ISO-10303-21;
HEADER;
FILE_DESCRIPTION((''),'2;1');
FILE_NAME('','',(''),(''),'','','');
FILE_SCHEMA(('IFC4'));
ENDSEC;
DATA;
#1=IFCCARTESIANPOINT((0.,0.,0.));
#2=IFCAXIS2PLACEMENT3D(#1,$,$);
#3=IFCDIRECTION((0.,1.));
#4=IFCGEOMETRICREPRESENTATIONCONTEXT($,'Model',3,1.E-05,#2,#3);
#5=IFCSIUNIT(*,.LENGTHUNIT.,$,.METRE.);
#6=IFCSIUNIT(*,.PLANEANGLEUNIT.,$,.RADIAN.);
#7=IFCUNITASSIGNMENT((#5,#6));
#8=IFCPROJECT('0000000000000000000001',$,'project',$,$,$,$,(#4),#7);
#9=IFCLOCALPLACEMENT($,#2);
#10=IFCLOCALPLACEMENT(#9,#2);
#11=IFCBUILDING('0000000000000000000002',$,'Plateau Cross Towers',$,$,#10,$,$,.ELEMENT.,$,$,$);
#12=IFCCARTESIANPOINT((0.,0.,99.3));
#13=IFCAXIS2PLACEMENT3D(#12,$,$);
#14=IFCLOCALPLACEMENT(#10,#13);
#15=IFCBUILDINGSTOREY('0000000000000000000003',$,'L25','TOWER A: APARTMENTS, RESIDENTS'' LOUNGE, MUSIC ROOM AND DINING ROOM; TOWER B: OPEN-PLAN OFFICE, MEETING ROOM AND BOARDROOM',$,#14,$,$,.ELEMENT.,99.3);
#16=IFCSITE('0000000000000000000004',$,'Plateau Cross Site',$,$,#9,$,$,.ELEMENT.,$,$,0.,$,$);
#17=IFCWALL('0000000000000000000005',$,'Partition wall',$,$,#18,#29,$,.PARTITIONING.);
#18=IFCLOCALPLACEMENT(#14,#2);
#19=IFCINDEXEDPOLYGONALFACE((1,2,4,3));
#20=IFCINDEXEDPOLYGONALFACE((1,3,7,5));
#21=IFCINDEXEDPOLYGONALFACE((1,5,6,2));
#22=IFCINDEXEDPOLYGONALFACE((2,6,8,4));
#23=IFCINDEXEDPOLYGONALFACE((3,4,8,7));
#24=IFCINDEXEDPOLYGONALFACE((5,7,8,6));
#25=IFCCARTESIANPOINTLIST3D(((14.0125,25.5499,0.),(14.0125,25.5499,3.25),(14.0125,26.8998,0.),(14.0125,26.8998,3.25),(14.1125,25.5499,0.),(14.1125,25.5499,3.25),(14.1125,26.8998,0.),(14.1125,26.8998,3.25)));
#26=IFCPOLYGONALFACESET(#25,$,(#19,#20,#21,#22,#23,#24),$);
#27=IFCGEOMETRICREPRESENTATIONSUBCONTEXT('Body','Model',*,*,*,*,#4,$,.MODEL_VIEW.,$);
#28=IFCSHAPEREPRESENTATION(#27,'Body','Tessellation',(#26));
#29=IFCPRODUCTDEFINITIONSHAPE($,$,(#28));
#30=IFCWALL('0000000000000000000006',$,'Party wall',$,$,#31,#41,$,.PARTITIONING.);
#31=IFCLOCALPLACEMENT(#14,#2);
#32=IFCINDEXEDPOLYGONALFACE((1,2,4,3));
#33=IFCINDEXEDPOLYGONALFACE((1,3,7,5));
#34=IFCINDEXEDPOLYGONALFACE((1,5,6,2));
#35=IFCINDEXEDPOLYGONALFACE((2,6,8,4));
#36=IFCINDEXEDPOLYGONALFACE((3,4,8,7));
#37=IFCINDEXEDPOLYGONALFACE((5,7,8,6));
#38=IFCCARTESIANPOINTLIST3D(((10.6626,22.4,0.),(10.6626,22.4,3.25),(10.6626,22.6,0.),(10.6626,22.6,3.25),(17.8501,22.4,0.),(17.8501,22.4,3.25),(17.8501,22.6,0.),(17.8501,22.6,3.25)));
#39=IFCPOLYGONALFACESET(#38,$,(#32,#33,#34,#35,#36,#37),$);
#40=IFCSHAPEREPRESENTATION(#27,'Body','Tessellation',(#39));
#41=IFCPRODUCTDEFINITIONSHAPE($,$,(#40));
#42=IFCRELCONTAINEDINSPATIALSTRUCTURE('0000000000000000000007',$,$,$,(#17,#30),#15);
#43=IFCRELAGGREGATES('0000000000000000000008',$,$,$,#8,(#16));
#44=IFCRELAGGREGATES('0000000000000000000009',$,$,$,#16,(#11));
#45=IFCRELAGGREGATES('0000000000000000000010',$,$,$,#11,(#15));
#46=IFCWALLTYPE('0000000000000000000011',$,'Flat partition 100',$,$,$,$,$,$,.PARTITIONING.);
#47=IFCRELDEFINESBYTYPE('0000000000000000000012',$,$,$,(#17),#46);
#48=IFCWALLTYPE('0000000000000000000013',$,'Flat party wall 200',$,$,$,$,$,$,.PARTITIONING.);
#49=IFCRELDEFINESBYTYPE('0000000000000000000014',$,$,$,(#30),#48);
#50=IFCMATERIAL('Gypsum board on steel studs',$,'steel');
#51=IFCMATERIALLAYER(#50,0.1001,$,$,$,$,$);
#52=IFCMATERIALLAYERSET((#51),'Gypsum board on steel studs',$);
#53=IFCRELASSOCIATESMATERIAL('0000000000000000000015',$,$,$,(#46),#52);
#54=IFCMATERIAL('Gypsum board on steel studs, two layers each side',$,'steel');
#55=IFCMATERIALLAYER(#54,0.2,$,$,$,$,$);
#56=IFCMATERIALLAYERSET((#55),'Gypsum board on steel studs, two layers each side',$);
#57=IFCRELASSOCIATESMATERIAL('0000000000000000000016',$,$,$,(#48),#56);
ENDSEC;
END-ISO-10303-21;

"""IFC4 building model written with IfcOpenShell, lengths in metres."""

from ifc_helpers import new_model, si_unit, direction, frame, frame_2d, origin, place, context, subcontext, project, spatial, rectangle, extrude, material, layer, layer_set, type_object, element, save


model = new_model("IFC4")

# Units and contexts
model_context = context("Model", 3, precision=1e-05, world=origin(), true_north=direction((0.0, 1.0)))
body_context = subcontext(model_context, "Body", "Model", "MODEL_VIEW")
ifc_project = project(units=[si_unit("LENGTHUNIT", "METRE"), si_unit("PLANEANGLEUNIT", "RADIAN")], contexts=[model_context])

# Site, building, storey
site_placement = place(None, origin())
site = spatial("IfcSite", under=ifc_project, at=site_placement, Name="Plateau Cross Site", CompositionType="ELEMENT", RefElevation=0.0)
building_placement = place(site_placement, origin())
building = spatial("IfcBuilding", under=site, at=building_placement, Name="Plateau Cross Towers", CompositionType="ELEMENT")
storey_placement = place(building_placement, frame((0.0, 0.0, 99.3)))
storey = spatial("IfcBuildingStorey", under=building, at=storey_placement, Name="L25", Description="TOWER A: APARTMENTS, RESIDENTS' LOUNGE, MUSIC ROOM AND DINING ROOM; TOWER B: OPEN-PLAN OFFICE, MEETING ROOM AND BOARDROOM", CompositionType="ELEMENT", Elevation=99.3)

# Shared definitions
ifc_material_1 = material(Name="Gypsum board on steel studs", Category="steel")
ifc_layer_1 = layer(ifc_material_1, 0.1001)
ifc_layer_set_1 = layer_set([ifc_layer_1], Name="Gypsum board on steel studs")
wall_type_1 = type_object("IfcWallType", Name="Flat partition 100", PredefinedType="PARTITIONING", material=ifc_layer_set_1)

# Walls
for number, where, z_axis, x_axis, name in (
    (1, (14.0625, 25.55, 0.0), (0.0, 0.0, 1.0), (0.0, 1.0, 0.0), "Partition wall"),
):
    element("IfcWall", number, at=place(storey_placement, frame(where, z_axis=z_axis, x_axis=x_axis)), inside=storey, type_object=wall_type_1, Name=name, PredefinedType="PARTITIONING", context=body_context, shape_type="SweptSolid", body=[
        extrude(rectangle(XDim=1.3499, YDim=0.1001, at=frame_2d((0.6748, 0.0))), origin(), (0.0, 0.0, 1.0), 3.25),
    ])
ifc_material_2 = material(Name="Gypsum board on steel studs, two layers each side", Category="steel")
ifc_layer_2 = layer(ifc_material_2, 0.2)
ifc_layer_set_2 = layer_set([ifc_layer_2], Name="Gypsum board on steel studs, two layers each side")
wall_type_2 = type_object("IfcWallType", Name="Flat party wall 200", PredefinedType="PARTITIONING", material=ifc_layer_set_2)
wall_1_placement = place(storey_placement, frame((17.8501, 22.5, 0.0), z_axis=(0.0, 0.0, 1.0), x_axis=(-1.0, 0.0, 0.0)))
element("IfcWall", 2, at=wall_1_placement, inside=storey, type_object=wall_type_2, Name="Party wall", PredefinedType="PARTITIONING", context=body_context, shape_type="SweptSolid", body=[
    extrude(rectangle(XDim=7.1875, YDim=0.2, at=frame_2d((3.5938, 0.0))), origin(), (0.0, 0.0, 1.0), 3.25),
])

save(model, "model.ifc")
